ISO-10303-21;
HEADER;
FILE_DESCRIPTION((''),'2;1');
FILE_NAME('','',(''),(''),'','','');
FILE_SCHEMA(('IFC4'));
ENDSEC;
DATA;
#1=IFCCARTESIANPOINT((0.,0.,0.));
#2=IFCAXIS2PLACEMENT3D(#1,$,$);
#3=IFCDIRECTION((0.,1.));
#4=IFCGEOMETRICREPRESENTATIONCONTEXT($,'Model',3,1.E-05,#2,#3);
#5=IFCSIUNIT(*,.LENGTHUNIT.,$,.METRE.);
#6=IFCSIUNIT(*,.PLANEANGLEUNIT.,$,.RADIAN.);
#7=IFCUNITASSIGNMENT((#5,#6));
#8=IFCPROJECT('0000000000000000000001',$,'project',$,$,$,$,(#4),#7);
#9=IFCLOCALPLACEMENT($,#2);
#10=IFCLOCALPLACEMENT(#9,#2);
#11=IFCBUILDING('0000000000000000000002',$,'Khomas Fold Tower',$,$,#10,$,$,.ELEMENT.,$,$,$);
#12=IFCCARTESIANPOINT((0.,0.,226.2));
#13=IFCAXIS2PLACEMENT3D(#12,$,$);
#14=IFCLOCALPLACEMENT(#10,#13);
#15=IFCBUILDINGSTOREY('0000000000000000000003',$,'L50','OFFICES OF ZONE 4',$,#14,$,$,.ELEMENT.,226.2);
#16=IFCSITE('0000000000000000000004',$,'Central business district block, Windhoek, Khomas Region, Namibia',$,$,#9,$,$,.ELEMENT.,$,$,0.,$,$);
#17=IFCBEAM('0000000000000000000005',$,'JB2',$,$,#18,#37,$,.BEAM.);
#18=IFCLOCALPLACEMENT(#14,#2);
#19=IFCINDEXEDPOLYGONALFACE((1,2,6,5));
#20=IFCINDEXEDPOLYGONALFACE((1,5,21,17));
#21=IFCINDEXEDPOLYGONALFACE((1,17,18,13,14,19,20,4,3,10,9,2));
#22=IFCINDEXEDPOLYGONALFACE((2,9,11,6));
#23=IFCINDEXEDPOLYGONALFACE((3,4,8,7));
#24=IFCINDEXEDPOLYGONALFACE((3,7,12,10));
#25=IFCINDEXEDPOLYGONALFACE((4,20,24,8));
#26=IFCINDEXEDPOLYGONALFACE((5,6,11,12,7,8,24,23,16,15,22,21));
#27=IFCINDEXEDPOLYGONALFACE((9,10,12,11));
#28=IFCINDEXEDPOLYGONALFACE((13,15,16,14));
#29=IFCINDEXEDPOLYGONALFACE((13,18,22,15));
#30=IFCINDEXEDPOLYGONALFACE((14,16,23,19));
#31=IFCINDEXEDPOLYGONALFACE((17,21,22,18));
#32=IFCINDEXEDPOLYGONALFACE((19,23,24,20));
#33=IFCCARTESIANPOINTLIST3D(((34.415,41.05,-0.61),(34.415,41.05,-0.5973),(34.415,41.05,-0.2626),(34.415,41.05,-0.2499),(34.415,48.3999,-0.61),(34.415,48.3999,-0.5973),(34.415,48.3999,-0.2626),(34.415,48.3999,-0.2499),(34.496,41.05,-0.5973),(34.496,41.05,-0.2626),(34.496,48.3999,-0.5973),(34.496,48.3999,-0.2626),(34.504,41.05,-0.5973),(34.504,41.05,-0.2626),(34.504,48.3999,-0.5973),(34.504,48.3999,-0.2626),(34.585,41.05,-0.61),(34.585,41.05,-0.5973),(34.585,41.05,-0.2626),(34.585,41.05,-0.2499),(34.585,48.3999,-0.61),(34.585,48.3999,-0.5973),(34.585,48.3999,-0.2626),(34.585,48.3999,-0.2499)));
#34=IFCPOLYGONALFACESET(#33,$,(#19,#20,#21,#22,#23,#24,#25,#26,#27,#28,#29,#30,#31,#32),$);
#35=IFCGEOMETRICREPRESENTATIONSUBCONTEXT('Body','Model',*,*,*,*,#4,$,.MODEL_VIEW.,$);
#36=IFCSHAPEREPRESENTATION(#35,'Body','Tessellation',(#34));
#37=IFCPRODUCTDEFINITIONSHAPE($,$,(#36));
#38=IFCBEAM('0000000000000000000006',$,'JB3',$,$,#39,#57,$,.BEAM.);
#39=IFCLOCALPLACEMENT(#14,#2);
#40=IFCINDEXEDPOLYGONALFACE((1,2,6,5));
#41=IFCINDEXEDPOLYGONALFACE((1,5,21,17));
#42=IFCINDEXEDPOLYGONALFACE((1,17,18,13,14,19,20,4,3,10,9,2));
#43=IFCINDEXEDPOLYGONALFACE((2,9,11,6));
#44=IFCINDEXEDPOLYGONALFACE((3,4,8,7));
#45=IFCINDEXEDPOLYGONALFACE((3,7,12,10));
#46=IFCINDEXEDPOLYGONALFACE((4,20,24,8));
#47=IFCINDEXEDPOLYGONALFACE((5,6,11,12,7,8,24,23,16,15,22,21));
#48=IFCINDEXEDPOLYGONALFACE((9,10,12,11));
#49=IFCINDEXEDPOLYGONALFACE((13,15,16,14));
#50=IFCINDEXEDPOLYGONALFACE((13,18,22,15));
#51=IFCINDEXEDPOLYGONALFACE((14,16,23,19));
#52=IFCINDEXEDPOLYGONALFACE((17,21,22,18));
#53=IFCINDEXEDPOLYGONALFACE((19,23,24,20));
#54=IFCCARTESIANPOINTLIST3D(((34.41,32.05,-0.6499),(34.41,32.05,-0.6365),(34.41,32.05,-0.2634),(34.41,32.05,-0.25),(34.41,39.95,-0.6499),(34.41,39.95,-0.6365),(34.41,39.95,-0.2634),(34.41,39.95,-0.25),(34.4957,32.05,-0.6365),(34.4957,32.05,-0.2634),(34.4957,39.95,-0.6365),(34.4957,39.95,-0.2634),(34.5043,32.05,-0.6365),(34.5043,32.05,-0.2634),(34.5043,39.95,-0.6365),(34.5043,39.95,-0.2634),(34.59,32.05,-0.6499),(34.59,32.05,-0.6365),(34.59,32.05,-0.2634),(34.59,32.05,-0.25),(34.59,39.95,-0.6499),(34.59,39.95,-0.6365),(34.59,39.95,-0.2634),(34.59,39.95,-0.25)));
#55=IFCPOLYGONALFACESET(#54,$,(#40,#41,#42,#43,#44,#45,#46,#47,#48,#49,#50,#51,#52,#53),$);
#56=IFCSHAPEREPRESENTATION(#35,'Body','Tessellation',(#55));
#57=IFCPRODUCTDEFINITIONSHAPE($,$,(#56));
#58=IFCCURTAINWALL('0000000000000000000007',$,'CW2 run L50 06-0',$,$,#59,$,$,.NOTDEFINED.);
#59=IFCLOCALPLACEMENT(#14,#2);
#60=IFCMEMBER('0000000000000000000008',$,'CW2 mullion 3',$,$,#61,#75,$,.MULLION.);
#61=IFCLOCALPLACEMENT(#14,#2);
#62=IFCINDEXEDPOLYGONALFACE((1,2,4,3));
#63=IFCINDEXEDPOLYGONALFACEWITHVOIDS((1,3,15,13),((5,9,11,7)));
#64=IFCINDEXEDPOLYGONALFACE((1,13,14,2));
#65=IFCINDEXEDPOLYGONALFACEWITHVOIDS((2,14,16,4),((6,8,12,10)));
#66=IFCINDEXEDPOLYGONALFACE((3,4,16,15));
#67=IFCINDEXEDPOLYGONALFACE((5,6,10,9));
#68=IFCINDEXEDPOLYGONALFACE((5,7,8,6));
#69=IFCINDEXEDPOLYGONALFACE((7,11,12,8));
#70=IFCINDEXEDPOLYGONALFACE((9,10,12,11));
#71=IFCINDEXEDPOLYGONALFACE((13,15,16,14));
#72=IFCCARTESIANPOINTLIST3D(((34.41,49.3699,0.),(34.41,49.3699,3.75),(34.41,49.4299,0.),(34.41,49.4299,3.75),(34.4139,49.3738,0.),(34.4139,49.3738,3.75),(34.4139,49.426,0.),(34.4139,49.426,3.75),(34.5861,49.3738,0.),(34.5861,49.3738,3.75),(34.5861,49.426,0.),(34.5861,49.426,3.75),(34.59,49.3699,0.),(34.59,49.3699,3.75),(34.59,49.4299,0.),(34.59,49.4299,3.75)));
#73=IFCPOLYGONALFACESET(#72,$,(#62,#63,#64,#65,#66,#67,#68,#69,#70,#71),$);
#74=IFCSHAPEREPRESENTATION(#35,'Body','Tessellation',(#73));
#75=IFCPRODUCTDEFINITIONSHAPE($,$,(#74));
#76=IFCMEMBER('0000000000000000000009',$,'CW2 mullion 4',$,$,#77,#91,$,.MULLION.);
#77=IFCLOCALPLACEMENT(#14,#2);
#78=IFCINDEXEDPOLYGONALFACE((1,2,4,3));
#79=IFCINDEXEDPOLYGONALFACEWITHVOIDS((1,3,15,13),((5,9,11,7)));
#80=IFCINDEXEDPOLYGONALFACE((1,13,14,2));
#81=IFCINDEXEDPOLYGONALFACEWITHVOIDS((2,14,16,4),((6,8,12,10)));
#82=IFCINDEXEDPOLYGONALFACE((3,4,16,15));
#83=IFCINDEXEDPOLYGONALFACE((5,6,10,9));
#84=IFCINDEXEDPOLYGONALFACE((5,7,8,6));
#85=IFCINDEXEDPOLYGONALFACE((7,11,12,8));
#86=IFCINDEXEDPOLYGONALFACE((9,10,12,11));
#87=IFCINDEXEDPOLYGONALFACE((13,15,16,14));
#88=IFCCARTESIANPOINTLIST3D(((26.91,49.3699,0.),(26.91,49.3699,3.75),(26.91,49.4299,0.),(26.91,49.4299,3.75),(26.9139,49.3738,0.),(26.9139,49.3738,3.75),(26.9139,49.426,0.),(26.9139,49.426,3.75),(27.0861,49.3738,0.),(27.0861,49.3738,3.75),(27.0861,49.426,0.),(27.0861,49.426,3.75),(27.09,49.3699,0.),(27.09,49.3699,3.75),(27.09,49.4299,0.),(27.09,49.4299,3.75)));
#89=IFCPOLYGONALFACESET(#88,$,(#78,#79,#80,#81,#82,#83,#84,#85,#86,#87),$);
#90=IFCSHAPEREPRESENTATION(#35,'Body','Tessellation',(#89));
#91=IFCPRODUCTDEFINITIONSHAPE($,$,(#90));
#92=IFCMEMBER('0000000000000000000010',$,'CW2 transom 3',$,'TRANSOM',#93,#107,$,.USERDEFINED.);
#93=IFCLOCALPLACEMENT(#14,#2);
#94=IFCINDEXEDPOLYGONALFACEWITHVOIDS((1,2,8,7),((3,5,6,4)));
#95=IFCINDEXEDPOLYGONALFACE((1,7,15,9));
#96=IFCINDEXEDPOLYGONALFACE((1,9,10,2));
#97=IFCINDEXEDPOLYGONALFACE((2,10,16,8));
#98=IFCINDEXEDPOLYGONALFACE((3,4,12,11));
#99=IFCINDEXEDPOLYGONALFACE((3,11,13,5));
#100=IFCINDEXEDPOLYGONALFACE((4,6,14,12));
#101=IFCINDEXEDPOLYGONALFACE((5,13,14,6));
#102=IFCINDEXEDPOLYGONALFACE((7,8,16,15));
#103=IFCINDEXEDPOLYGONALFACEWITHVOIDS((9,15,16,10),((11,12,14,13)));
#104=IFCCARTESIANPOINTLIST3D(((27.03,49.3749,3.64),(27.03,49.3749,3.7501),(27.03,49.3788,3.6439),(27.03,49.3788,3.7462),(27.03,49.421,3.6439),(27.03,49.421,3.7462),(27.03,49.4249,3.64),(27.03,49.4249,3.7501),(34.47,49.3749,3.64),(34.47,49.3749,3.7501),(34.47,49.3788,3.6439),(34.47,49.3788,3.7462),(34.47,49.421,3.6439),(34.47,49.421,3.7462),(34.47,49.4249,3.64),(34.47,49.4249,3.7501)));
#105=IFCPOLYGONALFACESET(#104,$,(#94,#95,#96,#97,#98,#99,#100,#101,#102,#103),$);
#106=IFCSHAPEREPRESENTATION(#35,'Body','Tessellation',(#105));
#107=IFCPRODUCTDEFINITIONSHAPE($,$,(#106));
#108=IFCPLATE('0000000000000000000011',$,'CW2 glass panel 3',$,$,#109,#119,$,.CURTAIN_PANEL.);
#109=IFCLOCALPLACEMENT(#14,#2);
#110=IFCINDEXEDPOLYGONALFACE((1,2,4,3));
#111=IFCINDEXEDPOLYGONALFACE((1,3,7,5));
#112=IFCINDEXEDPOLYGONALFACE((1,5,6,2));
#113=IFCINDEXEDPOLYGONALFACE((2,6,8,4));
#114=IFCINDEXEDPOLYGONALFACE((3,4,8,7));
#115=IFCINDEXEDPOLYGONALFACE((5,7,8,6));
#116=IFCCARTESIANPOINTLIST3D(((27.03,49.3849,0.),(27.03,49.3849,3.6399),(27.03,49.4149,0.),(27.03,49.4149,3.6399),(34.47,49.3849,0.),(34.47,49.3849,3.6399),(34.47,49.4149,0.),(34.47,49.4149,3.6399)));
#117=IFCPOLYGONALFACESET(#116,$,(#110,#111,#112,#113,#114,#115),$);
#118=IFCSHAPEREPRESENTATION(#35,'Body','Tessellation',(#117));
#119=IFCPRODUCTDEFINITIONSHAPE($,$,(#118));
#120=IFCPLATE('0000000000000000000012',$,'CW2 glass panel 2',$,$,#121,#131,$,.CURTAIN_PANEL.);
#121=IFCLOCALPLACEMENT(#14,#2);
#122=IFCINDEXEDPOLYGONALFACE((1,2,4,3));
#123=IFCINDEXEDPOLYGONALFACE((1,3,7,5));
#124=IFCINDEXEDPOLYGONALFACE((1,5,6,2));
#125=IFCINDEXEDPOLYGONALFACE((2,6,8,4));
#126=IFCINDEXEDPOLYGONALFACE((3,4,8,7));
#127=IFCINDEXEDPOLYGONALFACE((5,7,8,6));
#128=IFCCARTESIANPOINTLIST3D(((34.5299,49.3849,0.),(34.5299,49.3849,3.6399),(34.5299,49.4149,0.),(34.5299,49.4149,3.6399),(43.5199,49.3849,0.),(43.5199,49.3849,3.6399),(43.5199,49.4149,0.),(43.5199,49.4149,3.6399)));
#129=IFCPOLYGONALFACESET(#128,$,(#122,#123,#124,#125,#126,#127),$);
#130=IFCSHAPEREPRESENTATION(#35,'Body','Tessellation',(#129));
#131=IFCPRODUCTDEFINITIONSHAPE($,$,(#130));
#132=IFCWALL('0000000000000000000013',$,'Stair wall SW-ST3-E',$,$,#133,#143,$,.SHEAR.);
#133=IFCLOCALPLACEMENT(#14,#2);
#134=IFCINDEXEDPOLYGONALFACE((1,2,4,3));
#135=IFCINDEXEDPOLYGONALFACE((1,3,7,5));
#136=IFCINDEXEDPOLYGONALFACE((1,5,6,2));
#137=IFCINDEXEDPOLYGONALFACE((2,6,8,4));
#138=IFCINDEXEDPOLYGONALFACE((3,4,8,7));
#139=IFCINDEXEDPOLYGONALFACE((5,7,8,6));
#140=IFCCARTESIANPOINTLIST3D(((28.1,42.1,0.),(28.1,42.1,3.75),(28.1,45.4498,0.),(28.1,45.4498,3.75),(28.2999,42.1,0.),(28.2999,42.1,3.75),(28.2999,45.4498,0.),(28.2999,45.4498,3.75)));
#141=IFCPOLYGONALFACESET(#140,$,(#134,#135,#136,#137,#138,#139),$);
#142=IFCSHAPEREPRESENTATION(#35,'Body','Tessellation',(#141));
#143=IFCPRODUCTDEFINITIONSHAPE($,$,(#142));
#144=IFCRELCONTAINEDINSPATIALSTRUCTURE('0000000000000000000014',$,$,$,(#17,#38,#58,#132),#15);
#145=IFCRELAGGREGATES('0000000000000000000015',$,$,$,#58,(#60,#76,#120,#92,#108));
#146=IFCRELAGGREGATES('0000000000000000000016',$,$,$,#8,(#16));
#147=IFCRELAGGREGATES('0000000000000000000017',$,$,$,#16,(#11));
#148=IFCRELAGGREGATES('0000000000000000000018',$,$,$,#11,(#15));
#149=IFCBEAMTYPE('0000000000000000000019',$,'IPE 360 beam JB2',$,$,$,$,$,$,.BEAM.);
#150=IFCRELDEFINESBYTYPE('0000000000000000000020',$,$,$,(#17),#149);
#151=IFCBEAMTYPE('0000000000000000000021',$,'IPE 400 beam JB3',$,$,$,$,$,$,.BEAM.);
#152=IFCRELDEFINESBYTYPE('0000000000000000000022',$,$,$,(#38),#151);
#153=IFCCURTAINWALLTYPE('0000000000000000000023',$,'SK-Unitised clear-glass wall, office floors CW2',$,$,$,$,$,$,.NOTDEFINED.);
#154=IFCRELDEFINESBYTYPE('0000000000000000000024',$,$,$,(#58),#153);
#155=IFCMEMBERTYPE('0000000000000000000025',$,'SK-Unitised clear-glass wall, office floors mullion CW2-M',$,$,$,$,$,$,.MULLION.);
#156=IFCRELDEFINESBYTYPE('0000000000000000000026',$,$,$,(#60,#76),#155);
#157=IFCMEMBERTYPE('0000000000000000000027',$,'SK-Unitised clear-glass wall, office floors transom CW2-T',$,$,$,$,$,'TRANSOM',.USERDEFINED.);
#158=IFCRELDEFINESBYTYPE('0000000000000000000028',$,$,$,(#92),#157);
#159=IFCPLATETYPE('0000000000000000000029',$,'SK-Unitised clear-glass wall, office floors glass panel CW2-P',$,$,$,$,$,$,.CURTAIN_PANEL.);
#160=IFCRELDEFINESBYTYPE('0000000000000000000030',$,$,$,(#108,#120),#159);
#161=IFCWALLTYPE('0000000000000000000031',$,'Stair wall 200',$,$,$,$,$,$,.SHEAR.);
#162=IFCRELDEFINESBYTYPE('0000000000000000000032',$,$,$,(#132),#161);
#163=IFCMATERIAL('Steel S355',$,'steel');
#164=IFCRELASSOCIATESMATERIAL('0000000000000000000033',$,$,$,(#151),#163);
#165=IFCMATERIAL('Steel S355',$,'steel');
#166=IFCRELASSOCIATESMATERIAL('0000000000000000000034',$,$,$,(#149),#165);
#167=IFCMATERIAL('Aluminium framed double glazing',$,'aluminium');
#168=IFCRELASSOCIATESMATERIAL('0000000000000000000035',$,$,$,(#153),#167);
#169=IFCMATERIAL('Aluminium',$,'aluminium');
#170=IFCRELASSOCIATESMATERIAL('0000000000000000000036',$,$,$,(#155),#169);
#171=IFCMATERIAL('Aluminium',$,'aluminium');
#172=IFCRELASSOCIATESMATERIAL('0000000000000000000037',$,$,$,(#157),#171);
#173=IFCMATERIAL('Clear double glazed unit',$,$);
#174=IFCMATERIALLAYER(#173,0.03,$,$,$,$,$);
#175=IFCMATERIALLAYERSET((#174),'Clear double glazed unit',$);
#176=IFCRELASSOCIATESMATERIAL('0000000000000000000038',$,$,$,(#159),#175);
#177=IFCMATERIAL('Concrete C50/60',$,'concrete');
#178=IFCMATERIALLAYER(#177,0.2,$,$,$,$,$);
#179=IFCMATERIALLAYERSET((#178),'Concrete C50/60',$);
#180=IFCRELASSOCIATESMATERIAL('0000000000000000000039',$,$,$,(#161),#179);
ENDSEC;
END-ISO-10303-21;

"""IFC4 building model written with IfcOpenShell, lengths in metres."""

from ifc_helpers import new_model, si_unit, direction, frame, frame_2d, origin, origin_2d, place, context, subcontext, project, spatial, rectangle, hollow_rectangle, i_section, extrude, source, transform, mapped, material, layer, layer_set, material_profile, profile_set, type_object, element, aggregate, save


model = new_model("IFC4")

# Units and contexts
model_context = context("Model", 3, precision=1e-05, world=origin(), true_north=direction((0.0, 1.0)))
body_context = subcontext(model_context, "Body", "Model", "MODEL_VIEW")
ifc_project = project(units=[si_unit("LENGTHUNIT", "METRE"), si_unit("PLANEANGLEUNIT", "RADIAN")], contexts=[model_context])

# Site, building, storey
site_placement = place(None, origin())
site = spatial("IfcSite", under=ifc_project, at=site_placement, Name="Central business district block, Windhoek, Khomas Region, Namibia", CompositionType="ELEMENT", RefElevation=0.0)
building_placement = place(site_placement, origin())
building = spatial("IfcBuilding", under=site, at=building_placement, Name="Khomas Fold Tower", CompositionType="ELEMENT")
storey_placement = place(building_placement, frame((0.0, 0.0, 226.2)))
storey = spatial("IfcBuildingStorey", under=building, at=storey_placement, Name="L50", Description="OFFICES OF ZONE 4", CompositionType="ELEMENT", Elevation=226.2)

# Beams
ifc_material_1 = material(Name="Steel S355", Category="steel")
ifc_material_profile_1 = material_profile(ifc_material_1, i_section(OverallWidth=0.1799, OverallDepth=0.3999, WebThickness=0.0085, FlangeThickness=0.0134, at=origin_2d()), Name="IPE 400")
ifc_profile_set_1 = profile_set([ifc_material_profile_1], Name="Steel S355")
beam_type_1 = type_object("IfcBeamType", Name="IPE 400 beam JB3", PredefinedType="BEAM", material=ifc_profile_set_1)
ifc_material_2 = material(Name="Steel S355", Category="steel")
ifc_material_profile_2 = material_profile(ifc_material_2, i_section(OverallWidth=0.1699, OverallDepth=0.3601, WebThickness=0.0081, FlangeThickness=0.0127, at=origin_2d()), Name="IPE 360")
ifc_profile_set_2 = profile_set([ifc_material_profile_2], Name="Steel S355")
beam_type_2 = type_object("IfcBeamType", Name="IPE 360 beam JB2", PredefinedType="BEAM", material=ifc_profile_set_2)
shared_shape_1 = source(origin(), body_context, "Body", "SweptSolid", [
    extrude(i_section(OverallWidth=0.1699, OverallDepth=0.3601, WebThickness=0.0081, FlangeThickness=0.0127, at=origin_2d()), origin(), (0.0, 0.0, 1.0), 7.3499),
])
beam_1_placement = place(storey_placement, frame((34.5, 41.05, -0.4299), z_axis=(0.0, 1.0, 0.0), x_axis=(-1.0, 0.0, 0.0)))
element("IfcBeam", 1, at=beam_1_placement, inside=storey, type_object=beam_type_2, Name="JB2", PredefinedType="BEAM", context=body_context, shape_type="MappedRepresentation", body=[
    mapped(shared_shape_1, transform((0.0, 0.0, 0.0))),
])
shared_shape_2 = source(origin(), body_context, "Body", "SweptSolid", [
    extrude(i_section(OverallWidth=0.1799, OverallDepth=0.3999, WebThickness=0.0085, FlangeThickness=0.0134, at=origin_2d()), origin(), (0.0, 0.0, 1.0), 7.8999),
])
beam_2_placement = place(storey_placement, frame((34.5, 32.05, -0.45), z_axis=(0.0, 1.0, 0.0), x_axis=(-1.0, 0.0, 0.0)))
element("IfcBeam", 2, at=beam_2_placement, inside=storey, type_object=beam_type_1, Name="JB3", PredefinedType="BEAM", context=body_context, shape_type="MappedRepresentation", body=[
    mapped(shared_shape_2, transform((0.0, 0.0, 0.0))),
])

# Curtain wall, members, plates
ifc_material_3 = material(Name="Aluminium framed double glazing", Category="aluminium")
curtain_wall_type = type_object("IfcCurtainWallType", Name="SK-Unitised clear-glass wall, office floors CW2", PredefinedType="NOTDEFINED", material=ifc_material_3)
curtain_wall_placement = place(storey_placement, origin())
curtain_wall = element("IfcCurtainWall", 3, at=curtain_wall_placement, inside=storey, type_object=curtain_wall_type, Name="CW2 run L50 06-0", PredefinedType="NOTDEFINED")
ifc_material_4 = material(Name="Aluminium", Category="aluminium")
ifc_material_profile_3 = material_profile(ifc_material_4, hollow_rectangle(XDim=0.0601, YDim=0.1799, WallThickness=0.0039, at=origin_2d()), Name="SK-Unitised clear-glass wall, office floors mullion CW2-M")
ifc_profile_set_3 = profile_set([ifc_material_profile_3], Name="Aluminium")
member_type_1 = type_object("IfcMemberType", Name="SK-Unitised clear-glass wall, office floors mullion CW2-M", PredefinedType="MULLION", material=ifc_profile_set_3)
shared_shape_3 = source(origin(), body_context, "Body", "SweptSolid", [
    extrude(hollow_rectangle(XDim=0.0601, YDim=0.1799, WallThickness=0.0039, at=origin_2d()), origin(), (0.0, 0.0, 1.0), 3.75),
])
member_1_placement = place(storey_placement, frame((34.5, 49.3999, 0.0), z_axis=(0.0, 0.0, 1.0), x_axis=(0.0, -1.0, 0.0)))
member_1 = element("IfcMember", 4, at=member_1_placement, type_object=member_type_1, Name="CW2 mullion 3", PredefinedType="MULLION", context=body_context, shape_type="MappedRepresentation", body=[
    mapped(shared_shape_3, transform((0.0, 0.0, 0.0))),
])
member_2_placement = place(storey_placement, frame((27.0, 49.3999, 0.0), z_axis=(0.0, 0.0, 1.0), x_axis=(0.0, -1.0, 0.0)))
member_2 = element("IfcMember", 5, at=member_2_placement, type_object=member_type_1, Name="CW2 mullion 4", PredefinedType="MULLION", context=body_context, shape_type="MappedRepresentation", body=[
    mapped(shared_shape_3, transform((0.0, 0.0, 0.0))),
])
ifc_material_5 = material(Name="Aluminium", Category="aluminium")
ifc_material_profile_4 = material_profile(ifc_material_5, hollow_rectangle(XDim=0.05, YDim=0.1101, WallThickness=0.0039, at=origin_2d()), Name="SK-Unitised clear-glass wall, office floors transom CW2-T")
ifc_profile_set_4 = profile_set([ifc_material_profile_4], Name="Aluminium")
member_type_2 = type_object("IfcMemberType", Name="SK-Unitised clear-glass wall, office floors transom CW2-T", ElementType="TRANSOM", PredefinedType="USERDEFINED", material=ifc_profile_set_4)
shared_shape_4 = source(origin(), body_context, "Body", "SweptSolid", [
    extrude(hollow_rectangle(XDim=0.05, YDim=0.1101, WallThickness=0.0039, at=origin_2d()), origin(), (0.0, 0.0, 1.0), 7.4399),
])
member_3_placement = place(storey_placement, frame((34.47, 49.3999, 3.6951), z_axis=(-1.0, 0.0, 0.0), x_axis=(0.0, -1.0, 0.0)))
member_3 = element("IfcMember", 6, at=member_3_placement, type_object=member_type_2, Name="CW2 transom 3", ObjectType="TRANSOM", PredefinedType="USERDEFINED", context=body_context, shape_type="MappedRepresentation", body=[
    mapped(shared_shape_4, transform((0.0, 0.0, 0.0))),
])
ifc_material_6 = material(Name="Clear double glazed unit")
ifc_layer_1 = layer(ifc_material_6, 0.03)
ifc_layer_set_1 = layer_set([ifc_layer_1], Name="Clear double glazed unit")
plate_type = type_object("IfcPlateType", Name="SK-Unitised clear-glass wall, office floors glass panel CW2-P", PredefinedType="CURTAIN_PANEL", material=ifc_layer_set_1)
shared_shape_5 = source(origin(), body_context, "Body", "SweptSolid", [
    extrude(rectangle(XDim=7.4399, YDim=0.03, at=origin_2d()), origin(), (0.0, 0.0, 1.0), 3.6399),
])
plate_1_placement = place(storey_placement, frame((30.75, 49.3999, 0.0), z_axis=(0.0, 0.0, 1.0), x_axis=(-1.0, 0.0, 0.0)))
plate_1 = element("IfcPlate", 7, at=plate_1_placement, type_object=plate_type, Name="CW2 glass panel 3", PredefinedType="CURTAIN_PANEL", context=body_context, shape_type="MappedRepresentation", body=[
    mapped(shared_shape_5, transform((0.0, 0.0, 0.0))),
])
shared_shape_6 = source(origin(), body_context, "Body", "SweptSolid", [
    extrude(rectangle(XDim=8.99, YDim=0.03, at=origin_2d()), origin(), (0.0, 0.0, 1.0), 3.6399),
])
plate_2_placement = place(storey_placement, frame((39.0249, 49.3999, 0.0), z_axis=(0.0, 0.0, 1.0), x_axis=(-1.0, 0.0, 0.0)))
plate_2 = element("IfcPlate", 8, at=plate_2_placement, type_object=plate_type, Name="CW2 glass panel 2", PredefinedType="CURTAIN_PANEL", context=body_context, shape_type="MappedRepresentation", body=[
    mapped(shared_shape_6, transform((0.0, 0.0, 0.0))),
])
aggregate(curtain_wall, [member_1, member_2, plate_2, member_3, plate_1])

# Wall
ifc_material_7 = material(Name="Concrete C50/60", Category="concrete")
ifc_layer_2 = layer(ifc_material_7, 0.2)
ifc_layer_set_2 = layer_set([ifc_layer_2], Name="Concrete C50/60")
wall_type_1 = type_object("IfcWallType", Name="Stair wall 200", PredefinedType="SHEAR", material=ifc_layer_set_2)
shared_shape_7 = source(origin(), body_context, "Body", "SweptSolid", [
    extrude(rectangle(XDim=3.3499, YDim=0.2, at=frame_2d((1.6748, 0.0))), origin(), (0.0, 0.0, 1.0), 3.75),
])
wall_1_placement = place(storey_placement, frame((28.2, 42.1001, 0.0), z_axis=(0.0, 0.0, 1.0), x_axis=(0.0, 1.0, 0.0)))
element("IfcWall", 9, at=wall_1_placement, inside=storey, type_object=wall_type_1, Name="Stair wall SW-ST3-E", PredefinedType="SHEAR", context=body_context, shape_type="MappedRepresentation", body=[
    mapped(shared_shape_7, transform((0.0, 0.0, 0.0))),
])

save(model, "model.ifc")
